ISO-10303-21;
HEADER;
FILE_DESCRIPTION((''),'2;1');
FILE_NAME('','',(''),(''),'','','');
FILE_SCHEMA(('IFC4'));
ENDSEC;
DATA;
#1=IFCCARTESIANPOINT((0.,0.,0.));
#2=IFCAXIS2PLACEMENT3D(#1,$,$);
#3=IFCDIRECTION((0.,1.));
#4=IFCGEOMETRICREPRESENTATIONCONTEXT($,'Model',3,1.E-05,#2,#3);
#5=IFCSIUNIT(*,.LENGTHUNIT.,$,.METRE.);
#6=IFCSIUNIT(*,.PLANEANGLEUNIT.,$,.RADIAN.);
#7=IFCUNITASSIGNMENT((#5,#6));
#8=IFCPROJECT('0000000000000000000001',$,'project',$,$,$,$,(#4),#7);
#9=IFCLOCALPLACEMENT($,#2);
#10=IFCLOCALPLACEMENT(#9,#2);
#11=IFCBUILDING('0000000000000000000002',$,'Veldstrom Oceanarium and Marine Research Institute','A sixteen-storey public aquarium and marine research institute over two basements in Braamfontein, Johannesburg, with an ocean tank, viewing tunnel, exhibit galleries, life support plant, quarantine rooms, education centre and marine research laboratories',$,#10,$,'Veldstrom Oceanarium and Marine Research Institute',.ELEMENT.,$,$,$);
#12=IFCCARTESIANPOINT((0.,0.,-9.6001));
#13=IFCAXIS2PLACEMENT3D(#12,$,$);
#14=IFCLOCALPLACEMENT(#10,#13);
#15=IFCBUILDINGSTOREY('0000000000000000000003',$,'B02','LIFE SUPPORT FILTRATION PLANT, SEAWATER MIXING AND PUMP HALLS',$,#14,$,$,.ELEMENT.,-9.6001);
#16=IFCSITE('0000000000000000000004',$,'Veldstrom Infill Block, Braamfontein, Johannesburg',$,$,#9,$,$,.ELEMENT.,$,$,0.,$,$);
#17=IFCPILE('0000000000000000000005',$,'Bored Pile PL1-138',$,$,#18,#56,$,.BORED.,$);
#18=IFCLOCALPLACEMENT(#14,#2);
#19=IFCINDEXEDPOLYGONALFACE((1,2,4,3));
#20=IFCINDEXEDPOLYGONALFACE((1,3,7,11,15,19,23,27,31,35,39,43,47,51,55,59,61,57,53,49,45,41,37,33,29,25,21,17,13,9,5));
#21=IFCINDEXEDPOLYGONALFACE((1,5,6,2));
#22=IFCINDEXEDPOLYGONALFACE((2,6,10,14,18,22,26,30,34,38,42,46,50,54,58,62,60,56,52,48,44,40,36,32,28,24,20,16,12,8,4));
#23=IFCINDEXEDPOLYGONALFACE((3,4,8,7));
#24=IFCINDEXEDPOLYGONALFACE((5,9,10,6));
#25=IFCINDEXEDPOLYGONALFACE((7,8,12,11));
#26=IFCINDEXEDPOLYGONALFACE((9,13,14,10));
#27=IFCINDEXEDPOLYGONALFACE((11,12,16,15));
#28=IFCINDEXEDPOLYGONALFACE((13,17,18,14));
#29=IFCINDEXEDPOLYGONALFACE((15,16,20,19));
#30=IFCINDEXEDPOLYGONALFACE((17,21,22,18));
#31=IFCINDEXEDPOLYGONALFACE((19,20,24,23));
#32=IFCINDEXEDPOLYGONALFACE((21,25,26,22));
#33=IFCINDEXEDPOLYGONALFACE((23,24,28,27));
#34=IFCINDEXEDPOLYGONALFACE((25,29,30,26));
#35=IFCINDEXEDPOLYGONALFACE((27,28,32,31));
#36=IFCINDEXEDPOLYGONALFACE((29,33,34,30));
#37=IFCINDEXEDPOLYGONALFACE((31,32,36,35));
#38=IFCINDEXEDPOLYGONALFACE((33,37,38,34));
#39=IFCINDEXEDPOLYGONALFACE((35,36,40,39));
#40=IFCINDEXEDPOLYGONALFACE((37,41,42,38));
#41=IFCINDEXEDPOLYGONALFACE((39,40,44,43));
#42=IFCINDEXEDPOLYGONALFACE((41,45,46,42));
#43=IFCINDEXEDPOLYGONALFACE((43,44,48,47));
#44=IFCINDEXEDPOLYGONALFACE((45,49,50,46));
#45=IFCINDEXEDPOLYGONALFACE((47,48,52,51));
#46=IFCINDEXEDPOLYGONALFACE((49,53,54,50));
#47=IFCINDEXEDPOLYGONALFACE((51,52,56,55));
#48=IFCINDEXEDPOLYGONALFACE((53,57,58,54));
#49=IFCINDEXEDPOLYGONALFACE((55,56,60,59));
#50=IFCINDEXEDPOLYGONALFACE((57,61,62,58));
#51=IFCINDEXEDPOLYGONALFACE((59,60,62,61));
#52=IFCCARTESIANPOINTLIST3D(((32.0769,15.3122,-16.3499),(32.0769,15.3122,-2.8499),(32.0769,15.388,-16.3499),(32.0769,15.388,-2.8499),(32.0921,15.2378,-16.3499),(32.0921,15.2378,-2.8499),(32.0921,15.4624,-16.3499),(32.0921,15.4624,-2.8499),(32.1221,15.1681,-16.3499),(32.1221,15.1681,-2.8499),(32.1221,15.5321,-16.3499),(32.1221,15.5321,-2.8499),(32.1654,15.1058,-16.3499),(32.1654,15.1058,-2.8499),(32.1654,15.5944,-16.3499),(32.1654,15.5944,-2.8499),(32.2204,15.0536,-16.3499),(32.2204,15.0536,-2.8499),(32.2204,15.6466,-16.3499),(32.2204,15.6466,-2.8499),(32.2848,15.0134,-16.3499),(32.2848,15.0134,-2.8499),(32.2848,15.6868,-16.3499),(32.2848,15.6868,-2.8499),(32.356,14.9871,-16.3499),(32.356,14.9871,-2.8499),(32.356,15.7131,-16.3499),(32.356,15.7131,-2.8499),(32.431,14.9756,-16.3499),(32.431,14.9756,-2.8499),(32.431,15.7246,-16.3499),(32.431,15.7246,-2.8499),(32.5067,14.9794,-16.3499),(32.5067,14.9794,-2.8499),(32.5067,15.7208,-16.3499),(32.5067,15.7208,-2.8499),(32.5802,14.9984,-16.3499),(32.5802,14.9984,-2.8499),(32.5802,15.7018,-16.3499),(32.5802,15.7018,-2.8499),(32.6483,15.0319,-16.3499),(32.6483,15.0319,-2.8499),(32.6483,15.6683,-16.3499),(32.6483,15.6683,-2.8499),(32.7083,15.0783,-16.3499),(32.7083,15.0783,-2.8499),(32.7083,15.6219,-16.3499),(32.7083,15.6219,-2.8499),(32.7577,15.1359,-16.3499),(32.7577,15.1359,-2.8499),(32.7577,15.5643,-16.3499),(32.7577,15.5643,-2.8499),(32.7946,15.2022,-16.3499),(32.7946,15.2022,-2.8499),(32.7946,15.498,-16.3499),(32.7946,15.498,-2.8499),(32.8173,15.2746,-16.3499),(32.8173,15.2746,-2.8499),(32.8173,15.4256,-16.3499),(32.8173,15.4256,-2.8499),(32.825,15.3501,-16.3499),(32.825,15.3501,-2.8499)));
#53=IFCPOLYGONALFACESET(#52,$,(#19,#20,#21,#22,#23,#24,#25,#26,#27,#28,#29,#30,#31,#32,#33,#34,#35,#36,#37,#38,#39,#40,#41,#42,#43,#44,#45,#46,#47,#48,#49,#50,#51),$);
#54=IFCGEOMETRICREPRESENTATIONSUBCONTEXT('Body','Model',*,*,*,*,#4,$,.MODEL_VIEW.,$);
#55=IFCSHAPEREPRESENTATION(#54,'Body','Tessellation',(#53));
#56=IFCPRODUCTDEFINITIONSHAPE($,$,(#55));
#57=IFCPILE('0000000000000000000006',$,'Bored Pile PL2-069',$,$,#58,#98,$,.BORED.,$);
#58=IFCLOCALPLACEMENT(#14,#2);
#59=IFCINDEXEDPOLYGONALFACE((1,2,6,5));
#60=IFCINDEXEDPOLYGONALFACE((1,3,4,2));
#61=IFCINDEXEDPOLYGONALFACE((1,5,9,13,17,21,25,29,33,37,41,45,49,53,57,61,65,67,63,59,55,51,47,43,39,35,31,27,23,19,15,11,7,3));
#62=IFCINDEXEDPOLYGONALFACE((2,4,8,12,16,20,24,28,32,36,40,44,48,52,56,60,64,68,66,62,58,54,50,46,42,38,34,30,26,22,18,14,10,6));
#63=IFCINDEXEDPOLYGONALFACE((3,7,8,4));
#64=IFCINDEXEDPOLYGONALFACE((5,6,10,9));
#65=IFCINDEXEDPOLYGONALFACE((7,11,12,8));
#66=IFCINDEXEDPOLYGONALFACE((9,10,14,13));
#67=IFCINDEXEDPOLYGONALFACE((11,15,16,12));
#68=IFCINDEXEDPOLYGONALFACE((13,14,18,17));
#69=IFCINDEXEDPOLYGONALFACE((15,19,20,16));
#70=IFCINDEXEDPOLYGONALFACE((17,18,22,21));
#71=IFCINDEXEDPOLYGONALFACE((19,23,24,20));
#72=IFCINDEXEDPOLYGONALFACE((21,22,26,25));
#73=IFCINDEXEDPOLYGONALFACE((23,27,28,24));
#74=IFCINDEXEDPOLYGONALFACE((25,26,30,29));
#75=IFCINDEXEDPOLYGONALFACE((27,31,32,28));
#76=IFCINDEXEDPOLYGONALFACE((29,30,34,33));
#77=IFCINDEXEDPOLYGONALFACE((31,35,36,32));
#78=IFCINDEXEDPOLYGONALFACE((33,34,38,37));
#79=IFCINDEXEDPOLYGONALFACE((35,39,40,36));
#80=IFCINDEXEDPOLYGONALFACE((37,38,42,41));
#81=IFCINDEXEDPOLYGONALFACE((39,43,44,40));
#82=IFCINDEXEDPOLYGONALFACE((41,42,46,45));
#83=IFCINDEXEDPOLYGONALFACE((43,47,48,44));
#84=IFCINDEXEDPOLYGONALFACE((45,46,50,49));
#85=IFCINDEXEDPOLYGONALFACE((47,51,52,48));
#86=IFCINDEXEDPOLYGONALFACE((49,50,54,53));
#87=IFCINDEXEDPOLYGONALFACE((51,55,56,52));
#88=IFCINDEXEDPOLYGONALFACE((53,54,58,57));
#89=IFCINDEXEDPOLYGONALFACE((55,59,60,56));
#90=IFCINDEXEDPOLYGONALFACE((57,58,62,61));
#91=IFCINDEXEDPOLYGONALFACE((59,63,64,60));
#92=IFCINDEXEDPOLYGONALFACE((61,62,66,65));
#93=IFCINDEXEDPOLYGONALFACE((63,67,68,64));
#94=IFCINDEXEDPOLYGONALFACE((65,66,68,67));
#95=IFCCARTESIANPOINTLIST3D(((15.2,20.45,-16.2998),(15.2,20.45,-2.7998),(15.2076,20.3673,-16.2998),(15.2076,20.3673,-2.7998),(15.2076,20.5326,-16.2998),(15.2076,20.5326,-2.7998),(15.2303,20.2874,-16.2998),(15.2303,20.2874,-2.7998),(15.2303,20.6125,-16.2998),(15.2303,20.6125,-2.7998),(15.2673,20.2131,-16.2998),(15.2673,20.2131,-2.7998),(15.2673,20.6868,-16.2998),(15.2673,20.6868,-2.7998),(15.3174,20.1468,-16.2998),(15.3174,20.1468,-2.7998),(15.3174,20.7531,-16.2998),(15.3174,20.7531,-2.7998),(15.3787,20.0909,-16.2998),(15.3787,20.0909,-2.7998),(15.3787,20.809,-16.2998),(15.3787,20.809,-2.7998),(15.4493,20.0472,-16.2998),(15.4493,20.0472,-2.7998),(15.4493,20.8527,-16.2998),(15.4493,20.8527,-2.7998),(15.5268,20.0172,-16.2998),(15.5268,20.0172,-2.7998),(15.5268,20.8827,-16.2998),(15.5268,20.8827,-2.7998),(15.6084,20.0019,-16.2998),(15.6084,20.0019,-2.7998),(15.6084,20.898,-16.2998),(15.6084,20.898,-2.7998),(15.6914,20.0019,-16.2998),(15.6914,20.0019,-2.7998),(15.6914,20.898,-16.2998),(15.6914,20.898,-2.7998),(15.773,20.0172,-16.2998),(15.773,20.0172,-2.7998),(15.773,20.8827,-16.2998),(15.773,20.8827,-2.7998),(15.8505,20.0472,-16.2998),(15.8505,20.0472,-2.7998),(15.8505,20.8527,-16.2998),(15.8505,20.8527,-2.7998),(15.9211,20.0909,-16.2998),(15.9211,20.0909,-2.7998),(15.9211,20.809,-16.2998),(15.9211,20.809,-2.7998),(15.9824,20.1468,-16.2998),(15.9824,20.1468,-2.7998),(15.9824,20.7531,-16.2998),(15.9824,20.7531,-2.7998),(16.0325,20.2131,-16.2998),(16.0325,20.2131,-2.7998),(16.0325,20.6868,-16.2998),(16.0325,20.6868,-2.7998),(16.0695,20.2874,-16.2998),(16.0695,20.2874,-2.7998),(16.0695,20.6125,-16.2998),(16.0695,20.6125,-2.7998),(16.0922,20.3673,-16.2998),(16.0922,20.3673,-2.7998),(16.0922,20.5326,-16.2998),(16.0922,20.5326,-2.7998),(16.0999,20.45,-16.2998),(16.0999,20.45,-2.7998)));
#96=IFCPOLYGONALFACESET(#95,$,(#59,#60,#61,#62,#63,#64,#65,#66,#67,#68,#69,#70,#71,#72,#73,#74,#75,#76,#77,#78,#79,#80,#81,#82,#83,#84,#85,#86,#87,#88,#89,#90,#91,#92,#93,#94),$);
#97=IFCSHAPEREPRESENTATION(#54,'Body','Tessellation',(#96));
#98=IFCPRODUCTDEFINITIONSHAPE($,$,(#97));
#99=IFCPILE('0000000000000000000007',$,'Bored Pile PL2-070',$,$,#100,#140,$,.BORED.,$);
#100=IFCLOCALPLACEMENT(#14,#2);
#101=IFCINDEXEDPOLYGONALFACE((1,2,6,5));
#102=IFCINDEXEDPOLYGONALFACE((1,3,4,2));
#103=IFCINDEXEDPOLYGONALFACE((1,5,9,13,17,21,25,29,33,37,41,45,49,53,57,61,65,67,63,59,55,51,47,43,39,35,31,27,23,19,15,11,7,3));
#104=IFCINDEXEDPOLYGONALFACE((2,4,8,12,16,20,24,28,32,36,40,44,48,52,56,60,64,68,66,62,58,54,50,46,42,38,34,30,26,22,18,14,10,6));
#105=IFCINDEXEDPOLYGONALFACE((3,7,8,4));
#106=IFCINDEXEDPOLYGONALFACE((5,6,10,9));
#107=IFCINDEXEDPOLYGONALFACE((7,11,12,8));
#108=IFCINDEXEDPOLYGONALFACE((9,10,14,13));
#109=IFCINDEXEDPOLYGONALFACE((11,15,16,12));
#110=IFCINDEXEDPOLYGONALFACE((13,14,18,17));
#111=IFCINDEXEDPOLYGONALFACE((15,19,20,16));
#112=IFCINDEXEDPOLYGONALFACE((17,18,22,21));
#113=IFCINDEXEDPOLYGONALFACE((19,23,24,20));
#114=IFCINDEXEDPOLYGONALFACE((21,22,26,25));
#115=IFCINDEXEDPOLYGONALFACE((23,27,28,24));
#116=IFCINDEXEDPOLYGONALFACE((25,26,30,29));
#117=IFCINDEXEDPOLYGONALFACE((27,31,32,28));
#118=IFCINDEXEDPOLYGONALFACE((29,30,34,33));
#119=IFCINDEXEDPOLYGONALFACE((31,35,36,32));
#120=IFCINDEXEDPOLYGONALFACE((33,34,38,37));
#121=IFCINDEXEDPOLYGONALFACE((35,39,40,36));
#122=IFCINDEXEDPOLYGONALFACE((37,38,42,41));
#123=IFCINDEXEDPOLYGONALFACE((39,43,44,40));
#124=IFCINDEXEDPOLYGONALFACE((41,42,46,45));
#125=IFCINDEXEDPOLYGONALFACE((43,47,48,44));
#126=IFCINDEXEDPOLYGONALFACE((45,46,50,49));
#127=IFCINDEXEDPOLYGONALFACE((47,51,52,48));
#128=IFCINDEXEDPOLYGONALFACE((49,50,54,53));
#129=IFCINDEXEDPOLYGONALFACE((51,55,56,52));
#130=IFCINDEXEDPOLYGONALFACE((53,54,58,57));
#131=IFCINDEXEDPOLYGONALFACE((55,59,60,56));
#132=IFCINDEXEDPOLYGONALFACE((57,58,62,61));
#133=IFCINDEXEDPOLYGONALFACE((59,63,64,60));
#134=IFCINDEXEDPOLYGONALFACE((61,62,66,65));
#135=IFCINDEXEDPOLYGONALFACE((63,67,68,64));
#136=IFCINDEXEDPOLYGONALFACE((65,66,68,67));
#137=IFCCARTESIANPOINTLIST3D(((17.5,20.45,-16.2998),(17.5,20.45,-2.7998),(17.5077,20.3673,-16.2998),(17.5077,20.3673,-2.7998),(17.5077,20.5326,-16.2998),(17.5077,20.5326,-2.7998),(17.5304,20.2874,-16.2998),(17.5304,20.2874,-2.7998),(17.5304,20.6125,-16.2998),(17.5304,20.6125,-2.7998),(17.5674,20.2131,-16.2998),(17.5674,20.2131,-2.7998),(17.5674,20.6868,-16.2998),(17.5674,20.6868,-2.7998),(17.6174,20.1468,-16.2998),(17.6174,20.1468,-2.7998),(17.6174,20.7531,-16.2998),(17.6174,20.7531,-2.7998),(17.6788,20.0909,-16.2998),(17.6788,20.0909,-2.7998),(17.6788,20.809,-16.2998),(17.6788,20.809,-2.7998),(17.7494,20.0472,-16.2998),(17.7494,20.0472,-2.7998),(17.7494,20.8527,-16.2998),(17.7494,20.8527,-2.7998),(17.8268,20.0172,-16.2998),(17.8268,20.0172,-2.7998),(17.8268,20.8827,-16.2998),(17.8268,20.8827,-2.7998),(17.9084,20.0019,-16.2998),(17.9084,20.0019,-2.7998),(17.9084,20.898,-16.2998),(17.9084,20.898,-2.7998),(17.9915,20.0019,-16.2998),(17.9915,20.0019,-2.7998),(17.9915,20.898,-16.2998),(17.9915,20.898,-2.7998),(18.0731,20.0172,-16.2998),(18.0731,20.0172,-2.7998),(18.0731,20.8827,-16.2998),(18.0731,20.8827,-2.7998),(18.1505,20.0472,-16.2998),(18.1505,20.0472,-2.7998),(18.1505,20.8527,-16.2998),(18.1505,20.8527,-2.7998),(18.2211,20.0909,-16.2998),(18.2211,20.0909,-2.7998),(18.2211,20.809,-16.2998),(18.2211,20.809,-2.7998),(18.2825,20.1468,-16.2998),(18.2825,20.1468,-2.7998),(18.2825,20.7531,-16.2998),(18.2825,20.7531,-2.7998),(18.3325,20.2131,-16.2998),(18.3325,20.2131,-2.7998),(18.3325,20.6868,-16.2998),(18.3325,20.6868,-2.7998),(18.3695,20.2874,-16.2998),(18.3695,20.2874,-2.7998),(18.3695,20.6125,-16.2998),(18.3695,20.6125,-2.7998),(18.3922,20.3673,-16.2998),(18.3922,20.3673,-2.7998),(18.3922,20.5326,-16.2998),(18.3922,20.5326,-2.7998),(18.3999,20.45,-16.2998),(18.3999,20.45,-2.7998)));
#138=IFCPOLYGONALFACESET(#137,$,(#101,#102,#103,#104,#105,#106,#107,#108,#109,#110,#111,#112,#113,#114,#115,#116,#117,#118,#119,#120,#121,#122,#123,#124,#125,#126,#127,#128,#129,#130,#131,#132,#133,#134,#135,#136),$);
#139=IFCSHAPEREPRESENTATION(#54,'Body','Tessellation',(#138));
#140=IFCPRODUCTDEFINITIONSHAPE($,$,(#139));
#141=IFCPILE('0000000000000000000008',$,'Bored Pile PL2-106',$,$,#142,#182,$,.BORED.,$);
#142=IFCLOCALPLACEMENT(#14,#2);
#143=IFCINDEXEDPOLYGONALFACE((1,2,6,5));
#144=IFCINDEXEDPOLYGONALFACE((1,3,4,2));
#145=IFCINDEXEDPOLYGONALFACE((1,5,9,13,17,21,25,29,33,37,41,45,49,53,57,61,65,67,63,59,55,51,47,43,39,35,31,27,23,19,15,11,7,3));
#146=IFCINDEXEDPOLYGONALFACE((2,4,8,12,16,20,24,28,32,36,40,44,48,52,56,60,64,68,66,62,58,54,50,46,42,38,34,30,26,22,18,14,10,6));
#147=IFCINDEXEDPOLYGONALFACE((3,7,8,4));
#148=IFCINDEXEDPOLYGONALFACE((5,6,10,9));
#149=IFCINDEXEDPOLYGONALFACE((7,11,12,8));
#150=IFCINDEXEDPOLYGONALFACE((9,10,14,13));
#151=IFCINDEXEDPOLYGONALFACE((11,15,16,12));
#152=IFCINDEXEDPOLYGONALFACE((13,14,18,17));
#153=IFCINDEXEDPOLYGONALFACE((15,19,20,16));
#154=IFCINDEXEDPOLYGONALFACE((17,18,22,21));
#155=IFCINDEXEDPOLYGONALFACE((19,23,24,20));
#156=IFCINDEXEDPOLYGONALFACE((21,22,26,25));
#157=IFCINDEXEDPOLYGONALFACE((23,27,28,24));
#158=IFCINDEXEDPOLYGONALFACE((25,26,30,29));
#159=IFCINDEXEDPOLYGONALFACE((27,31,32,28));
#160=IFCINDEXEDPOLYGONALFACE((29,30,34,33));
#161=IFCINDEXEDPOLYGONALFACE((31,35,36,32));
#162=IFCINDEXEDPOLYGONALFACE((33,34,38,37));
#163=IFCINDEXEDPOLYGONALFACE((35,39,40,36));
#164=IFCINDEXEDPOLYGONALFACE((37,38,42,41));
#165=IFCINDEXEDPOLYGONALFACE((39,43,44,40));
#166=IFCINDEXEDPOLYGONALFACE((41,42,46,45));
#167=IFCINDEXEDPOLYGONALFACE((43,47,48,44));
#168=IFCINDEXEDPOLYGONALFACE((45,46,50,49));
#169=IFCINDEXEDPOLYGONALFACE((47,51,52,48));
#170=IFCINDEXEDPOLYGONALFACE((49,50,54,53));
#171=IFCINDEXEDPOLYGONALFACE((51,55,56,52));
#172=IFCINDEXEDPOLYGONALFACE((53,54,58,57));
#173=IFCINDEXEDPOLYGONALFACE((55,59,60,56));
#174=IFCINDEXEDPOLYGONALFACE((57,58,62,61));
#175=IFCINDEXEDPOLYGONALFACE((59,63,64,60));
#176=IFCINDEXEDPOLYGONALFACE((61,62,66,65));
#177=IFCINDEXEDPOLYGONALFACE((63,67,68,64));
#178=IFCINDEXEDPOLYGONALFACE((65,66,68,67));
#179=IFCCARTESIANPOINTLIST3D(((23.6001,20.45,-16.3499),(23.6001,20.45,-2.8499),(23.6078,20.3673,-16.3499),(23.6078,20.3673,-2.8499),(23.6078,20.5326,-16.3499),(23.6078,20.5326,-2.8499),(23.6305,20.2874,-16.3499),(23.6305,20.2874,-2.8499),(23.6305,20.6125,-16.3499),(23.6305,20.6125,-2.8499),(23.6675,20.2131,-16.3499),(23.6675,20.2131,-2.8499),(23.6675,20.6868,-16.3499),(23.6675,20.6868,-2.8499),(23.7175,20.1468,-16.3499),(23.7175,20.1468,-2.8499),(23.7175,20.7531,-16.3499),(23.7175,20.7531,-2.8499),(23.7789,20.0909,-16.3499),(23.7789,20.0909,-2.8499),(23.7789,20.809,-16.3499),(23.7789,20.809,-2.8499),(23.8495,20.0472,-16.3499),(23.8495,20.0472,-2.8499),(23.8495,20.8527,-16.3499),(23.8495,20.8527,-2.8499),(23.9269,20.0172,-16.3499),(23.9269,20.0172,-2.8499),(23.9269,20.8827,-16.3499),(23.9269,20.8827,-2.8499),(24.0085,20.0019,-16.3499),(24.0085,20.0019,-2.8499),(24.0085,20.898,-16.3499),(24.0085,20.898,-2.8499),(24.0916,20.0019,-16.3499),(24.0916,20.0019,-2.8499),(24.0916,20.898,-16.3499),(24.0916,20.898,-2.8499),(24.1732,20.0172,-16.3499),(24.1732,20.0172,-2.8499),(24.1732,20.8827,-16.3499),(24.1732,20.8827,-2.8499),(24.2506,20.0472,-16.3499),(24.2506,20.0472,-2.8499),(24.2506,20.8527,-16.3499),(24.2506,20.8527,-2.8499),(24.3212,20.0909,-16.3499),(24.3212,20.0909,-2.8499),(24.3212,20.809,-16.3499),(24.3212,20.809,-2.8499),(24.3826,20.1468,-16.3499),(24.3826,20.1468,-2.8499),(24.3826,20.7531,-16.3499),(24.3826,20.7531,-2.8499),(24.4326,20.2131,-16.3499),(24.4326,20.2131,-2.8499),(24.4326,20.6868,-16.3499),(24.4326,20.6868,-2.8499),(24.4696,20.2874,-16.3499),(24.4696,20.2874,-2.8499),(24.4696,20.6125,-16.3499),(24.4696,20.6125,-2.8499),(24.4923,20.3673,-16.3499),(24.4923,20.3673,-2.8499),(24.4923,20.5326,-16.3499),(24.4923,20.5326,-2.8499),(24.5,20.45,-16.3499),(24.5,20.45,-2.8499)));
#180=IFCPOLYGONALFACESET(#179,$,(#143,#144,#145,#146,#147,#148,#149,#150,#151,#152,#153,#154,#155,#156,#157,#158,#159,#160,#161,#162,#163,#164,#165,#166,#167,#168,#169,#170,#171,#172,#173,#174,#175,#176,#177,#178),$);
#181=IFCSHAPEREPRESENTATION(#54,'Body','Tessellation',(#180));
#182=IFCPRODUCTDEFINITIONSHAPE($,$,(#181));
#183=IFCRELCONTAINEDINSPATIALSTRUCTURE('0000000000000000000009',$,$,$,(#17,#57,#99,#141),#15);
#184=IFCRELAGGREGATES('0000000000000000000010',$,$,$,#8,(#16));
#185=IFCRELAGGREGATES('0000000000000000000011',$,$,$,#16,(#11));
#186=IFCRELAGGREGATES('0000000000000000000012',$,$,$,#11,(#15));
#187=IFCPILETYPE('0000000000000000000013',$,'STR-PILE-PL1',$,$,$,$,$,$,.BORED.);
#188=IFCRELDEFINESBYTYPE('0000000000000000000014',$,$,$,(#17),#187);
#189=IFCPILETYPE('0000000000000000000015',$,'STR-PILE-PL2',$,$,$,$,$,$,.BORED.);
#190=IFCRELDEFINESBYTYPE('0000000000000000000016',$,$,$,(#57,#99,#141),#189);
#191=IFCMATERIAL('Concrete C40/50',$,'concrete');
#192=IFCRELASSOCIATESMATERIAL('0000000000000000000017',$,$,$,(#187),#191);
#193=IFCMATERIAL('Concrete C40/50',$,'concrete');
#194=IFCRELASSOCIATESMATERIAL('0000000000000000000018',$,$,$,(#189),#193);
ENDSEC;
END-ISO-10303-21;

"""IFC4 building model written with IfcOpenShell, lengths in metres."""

from ifc_helpers import new_model, si_unit, direction, frame, origin, origin_2d, place, context, subcontext, project, spatial, circle, extrude, material, material_profile, profile_set, type_object, element, save


model = new_model("IFC4")

# Units and contexts
model_context = context("Model", 3, precision=1e-05, world=origin(), true_north=direction((0.0, 1.0)))
body_context = subcontext(model_context, "Body", "Model", "MODEL_VIEW")
ifc_project = project(units=[si_unit("LENGTHUNIT", "METRE"), si_unit("PLANEANGLEUNIT", "RADIAN")], contexts=[model_context])

# Site, building, storey
site_placement = place(None, origin())
site = spatial("IfcSite", under=ifc_project, at=site_placement, Name="Veldstrom Infill Block, Braamfontein, Johannesburg", CompositionType="ELEMENT", RefElevation=0.0)
building_placement = place(site_placement, origin())
building = spatial("IfcBuilding", under=site, at=building_placement, Name="Veldstrom Oceanarium and Marine Research Institute", Description="A sixteen-storey public aquarium and marine research institute over two basements in Braamfontein, Johannesburg, with an ocean tank, viewing tunnel, exhibit galleries, life support plant, quarantine rooms, education centre and marine research laboratories", LongName="Veldstrom Oceanarium and Marine Research Institute", CompositionType="ELEMENT")
storey_placement = place(building_placement, frame((0.0, 0.0, -9.6001)))
storey = spatial("IfcBuildingStorey", under=building, at=storey_placement, Name="B02", Description="LIFE SUPPORT FILTRATION PLANT, SEAWATER MIXING AND PUMP HALLS", CompositionType="ELEMENT", Elevation=-9.6001)

# Piles
ifc_material_1 = material(Name="Concrete C40/50", Category="concrete")
ifc_material_profile_1 = material_profile(ifc_material_1, circle(Radius=0.375, at=origin_2d()), Name="PILE-D750")
ifc_profile_set_1 = profile_set([ifc_material_profile_1], Name="Concrete C40/50")
pile_type_1 = type_object("IfcPileType", Name="STR-PILE-PL1", PredefinedType="BORED", material=ifc_profile_set_1)
for number, where, z_axis, x_axis, name in (
    (1, (32.45, 15.3501, -2.8499), (0.0, 0.0, -1.0), (1.0, 0.0, 0.0), "Bored Pile PL1-138"),
):
    element("IfcPile", number, at=place(storey_placement, frame(where, z_axis=z_axis, x_axis=x_axis)), inside=storey, type_object=pile_type_1, Name=name, PredefinedType="BORED", context=body_context, shape_type="SweptSolid", body=[
        extrude(circle(Radius=0.375, at=origin_2d()), origin(), (0.0, 0.0, 1.0), 13.5),
    ])
ifc_material_2 = material(Name="Concrete C40/50", Category="concrete")
ifc_material_profile_2 = material_profile(ifc_material_2, circle(Radius=0.45, at=origin_2d()), Name="PILE-D900")
ifc_profile_set_2 = profile_set([ifc_material_profile_2], Name="Concrete C40/50")
pile_type_2 = type_object("IfcPileType", Name="STR-PILE-PL2", PredefinedType="BORED", material=ifc_profile_set_2)
for number, where, z_axis, x_axis, name in (
    (2, (15.6499, 20.45, -2.7998), (0.0, 0.0, -1.0), (1.0, 0.0, 0.0), "Bored Pile PL2-069"),
    (3, (17.95, 20.45, -2.7998), (0.0, 0.0, -1.0), (1.0, 0.0, 0.0), "Bored Pile PL2-070"),
    (4, (24.05, 20.45, -2.8499), (0.0, 0.0, -1.0), (1.0, 0.0, 0.0), "Bored Pile PL2-106"),
):
    element("IfcPile", number, at=place(storey_placement, frame(where, z_axis=z_axis, x_axis=x_axis)), inside=storey, type_object=pile_type_2, Name=name, PredefinedType="BORED", context=body_context, shape_type="SweptSolid", body=[
        extrude(circle(Radius=0.45, at=origin_2d()), origin(), (0.0, 0.0, 1.0), 13.5),
    ])

save(model, "model.ifc")
